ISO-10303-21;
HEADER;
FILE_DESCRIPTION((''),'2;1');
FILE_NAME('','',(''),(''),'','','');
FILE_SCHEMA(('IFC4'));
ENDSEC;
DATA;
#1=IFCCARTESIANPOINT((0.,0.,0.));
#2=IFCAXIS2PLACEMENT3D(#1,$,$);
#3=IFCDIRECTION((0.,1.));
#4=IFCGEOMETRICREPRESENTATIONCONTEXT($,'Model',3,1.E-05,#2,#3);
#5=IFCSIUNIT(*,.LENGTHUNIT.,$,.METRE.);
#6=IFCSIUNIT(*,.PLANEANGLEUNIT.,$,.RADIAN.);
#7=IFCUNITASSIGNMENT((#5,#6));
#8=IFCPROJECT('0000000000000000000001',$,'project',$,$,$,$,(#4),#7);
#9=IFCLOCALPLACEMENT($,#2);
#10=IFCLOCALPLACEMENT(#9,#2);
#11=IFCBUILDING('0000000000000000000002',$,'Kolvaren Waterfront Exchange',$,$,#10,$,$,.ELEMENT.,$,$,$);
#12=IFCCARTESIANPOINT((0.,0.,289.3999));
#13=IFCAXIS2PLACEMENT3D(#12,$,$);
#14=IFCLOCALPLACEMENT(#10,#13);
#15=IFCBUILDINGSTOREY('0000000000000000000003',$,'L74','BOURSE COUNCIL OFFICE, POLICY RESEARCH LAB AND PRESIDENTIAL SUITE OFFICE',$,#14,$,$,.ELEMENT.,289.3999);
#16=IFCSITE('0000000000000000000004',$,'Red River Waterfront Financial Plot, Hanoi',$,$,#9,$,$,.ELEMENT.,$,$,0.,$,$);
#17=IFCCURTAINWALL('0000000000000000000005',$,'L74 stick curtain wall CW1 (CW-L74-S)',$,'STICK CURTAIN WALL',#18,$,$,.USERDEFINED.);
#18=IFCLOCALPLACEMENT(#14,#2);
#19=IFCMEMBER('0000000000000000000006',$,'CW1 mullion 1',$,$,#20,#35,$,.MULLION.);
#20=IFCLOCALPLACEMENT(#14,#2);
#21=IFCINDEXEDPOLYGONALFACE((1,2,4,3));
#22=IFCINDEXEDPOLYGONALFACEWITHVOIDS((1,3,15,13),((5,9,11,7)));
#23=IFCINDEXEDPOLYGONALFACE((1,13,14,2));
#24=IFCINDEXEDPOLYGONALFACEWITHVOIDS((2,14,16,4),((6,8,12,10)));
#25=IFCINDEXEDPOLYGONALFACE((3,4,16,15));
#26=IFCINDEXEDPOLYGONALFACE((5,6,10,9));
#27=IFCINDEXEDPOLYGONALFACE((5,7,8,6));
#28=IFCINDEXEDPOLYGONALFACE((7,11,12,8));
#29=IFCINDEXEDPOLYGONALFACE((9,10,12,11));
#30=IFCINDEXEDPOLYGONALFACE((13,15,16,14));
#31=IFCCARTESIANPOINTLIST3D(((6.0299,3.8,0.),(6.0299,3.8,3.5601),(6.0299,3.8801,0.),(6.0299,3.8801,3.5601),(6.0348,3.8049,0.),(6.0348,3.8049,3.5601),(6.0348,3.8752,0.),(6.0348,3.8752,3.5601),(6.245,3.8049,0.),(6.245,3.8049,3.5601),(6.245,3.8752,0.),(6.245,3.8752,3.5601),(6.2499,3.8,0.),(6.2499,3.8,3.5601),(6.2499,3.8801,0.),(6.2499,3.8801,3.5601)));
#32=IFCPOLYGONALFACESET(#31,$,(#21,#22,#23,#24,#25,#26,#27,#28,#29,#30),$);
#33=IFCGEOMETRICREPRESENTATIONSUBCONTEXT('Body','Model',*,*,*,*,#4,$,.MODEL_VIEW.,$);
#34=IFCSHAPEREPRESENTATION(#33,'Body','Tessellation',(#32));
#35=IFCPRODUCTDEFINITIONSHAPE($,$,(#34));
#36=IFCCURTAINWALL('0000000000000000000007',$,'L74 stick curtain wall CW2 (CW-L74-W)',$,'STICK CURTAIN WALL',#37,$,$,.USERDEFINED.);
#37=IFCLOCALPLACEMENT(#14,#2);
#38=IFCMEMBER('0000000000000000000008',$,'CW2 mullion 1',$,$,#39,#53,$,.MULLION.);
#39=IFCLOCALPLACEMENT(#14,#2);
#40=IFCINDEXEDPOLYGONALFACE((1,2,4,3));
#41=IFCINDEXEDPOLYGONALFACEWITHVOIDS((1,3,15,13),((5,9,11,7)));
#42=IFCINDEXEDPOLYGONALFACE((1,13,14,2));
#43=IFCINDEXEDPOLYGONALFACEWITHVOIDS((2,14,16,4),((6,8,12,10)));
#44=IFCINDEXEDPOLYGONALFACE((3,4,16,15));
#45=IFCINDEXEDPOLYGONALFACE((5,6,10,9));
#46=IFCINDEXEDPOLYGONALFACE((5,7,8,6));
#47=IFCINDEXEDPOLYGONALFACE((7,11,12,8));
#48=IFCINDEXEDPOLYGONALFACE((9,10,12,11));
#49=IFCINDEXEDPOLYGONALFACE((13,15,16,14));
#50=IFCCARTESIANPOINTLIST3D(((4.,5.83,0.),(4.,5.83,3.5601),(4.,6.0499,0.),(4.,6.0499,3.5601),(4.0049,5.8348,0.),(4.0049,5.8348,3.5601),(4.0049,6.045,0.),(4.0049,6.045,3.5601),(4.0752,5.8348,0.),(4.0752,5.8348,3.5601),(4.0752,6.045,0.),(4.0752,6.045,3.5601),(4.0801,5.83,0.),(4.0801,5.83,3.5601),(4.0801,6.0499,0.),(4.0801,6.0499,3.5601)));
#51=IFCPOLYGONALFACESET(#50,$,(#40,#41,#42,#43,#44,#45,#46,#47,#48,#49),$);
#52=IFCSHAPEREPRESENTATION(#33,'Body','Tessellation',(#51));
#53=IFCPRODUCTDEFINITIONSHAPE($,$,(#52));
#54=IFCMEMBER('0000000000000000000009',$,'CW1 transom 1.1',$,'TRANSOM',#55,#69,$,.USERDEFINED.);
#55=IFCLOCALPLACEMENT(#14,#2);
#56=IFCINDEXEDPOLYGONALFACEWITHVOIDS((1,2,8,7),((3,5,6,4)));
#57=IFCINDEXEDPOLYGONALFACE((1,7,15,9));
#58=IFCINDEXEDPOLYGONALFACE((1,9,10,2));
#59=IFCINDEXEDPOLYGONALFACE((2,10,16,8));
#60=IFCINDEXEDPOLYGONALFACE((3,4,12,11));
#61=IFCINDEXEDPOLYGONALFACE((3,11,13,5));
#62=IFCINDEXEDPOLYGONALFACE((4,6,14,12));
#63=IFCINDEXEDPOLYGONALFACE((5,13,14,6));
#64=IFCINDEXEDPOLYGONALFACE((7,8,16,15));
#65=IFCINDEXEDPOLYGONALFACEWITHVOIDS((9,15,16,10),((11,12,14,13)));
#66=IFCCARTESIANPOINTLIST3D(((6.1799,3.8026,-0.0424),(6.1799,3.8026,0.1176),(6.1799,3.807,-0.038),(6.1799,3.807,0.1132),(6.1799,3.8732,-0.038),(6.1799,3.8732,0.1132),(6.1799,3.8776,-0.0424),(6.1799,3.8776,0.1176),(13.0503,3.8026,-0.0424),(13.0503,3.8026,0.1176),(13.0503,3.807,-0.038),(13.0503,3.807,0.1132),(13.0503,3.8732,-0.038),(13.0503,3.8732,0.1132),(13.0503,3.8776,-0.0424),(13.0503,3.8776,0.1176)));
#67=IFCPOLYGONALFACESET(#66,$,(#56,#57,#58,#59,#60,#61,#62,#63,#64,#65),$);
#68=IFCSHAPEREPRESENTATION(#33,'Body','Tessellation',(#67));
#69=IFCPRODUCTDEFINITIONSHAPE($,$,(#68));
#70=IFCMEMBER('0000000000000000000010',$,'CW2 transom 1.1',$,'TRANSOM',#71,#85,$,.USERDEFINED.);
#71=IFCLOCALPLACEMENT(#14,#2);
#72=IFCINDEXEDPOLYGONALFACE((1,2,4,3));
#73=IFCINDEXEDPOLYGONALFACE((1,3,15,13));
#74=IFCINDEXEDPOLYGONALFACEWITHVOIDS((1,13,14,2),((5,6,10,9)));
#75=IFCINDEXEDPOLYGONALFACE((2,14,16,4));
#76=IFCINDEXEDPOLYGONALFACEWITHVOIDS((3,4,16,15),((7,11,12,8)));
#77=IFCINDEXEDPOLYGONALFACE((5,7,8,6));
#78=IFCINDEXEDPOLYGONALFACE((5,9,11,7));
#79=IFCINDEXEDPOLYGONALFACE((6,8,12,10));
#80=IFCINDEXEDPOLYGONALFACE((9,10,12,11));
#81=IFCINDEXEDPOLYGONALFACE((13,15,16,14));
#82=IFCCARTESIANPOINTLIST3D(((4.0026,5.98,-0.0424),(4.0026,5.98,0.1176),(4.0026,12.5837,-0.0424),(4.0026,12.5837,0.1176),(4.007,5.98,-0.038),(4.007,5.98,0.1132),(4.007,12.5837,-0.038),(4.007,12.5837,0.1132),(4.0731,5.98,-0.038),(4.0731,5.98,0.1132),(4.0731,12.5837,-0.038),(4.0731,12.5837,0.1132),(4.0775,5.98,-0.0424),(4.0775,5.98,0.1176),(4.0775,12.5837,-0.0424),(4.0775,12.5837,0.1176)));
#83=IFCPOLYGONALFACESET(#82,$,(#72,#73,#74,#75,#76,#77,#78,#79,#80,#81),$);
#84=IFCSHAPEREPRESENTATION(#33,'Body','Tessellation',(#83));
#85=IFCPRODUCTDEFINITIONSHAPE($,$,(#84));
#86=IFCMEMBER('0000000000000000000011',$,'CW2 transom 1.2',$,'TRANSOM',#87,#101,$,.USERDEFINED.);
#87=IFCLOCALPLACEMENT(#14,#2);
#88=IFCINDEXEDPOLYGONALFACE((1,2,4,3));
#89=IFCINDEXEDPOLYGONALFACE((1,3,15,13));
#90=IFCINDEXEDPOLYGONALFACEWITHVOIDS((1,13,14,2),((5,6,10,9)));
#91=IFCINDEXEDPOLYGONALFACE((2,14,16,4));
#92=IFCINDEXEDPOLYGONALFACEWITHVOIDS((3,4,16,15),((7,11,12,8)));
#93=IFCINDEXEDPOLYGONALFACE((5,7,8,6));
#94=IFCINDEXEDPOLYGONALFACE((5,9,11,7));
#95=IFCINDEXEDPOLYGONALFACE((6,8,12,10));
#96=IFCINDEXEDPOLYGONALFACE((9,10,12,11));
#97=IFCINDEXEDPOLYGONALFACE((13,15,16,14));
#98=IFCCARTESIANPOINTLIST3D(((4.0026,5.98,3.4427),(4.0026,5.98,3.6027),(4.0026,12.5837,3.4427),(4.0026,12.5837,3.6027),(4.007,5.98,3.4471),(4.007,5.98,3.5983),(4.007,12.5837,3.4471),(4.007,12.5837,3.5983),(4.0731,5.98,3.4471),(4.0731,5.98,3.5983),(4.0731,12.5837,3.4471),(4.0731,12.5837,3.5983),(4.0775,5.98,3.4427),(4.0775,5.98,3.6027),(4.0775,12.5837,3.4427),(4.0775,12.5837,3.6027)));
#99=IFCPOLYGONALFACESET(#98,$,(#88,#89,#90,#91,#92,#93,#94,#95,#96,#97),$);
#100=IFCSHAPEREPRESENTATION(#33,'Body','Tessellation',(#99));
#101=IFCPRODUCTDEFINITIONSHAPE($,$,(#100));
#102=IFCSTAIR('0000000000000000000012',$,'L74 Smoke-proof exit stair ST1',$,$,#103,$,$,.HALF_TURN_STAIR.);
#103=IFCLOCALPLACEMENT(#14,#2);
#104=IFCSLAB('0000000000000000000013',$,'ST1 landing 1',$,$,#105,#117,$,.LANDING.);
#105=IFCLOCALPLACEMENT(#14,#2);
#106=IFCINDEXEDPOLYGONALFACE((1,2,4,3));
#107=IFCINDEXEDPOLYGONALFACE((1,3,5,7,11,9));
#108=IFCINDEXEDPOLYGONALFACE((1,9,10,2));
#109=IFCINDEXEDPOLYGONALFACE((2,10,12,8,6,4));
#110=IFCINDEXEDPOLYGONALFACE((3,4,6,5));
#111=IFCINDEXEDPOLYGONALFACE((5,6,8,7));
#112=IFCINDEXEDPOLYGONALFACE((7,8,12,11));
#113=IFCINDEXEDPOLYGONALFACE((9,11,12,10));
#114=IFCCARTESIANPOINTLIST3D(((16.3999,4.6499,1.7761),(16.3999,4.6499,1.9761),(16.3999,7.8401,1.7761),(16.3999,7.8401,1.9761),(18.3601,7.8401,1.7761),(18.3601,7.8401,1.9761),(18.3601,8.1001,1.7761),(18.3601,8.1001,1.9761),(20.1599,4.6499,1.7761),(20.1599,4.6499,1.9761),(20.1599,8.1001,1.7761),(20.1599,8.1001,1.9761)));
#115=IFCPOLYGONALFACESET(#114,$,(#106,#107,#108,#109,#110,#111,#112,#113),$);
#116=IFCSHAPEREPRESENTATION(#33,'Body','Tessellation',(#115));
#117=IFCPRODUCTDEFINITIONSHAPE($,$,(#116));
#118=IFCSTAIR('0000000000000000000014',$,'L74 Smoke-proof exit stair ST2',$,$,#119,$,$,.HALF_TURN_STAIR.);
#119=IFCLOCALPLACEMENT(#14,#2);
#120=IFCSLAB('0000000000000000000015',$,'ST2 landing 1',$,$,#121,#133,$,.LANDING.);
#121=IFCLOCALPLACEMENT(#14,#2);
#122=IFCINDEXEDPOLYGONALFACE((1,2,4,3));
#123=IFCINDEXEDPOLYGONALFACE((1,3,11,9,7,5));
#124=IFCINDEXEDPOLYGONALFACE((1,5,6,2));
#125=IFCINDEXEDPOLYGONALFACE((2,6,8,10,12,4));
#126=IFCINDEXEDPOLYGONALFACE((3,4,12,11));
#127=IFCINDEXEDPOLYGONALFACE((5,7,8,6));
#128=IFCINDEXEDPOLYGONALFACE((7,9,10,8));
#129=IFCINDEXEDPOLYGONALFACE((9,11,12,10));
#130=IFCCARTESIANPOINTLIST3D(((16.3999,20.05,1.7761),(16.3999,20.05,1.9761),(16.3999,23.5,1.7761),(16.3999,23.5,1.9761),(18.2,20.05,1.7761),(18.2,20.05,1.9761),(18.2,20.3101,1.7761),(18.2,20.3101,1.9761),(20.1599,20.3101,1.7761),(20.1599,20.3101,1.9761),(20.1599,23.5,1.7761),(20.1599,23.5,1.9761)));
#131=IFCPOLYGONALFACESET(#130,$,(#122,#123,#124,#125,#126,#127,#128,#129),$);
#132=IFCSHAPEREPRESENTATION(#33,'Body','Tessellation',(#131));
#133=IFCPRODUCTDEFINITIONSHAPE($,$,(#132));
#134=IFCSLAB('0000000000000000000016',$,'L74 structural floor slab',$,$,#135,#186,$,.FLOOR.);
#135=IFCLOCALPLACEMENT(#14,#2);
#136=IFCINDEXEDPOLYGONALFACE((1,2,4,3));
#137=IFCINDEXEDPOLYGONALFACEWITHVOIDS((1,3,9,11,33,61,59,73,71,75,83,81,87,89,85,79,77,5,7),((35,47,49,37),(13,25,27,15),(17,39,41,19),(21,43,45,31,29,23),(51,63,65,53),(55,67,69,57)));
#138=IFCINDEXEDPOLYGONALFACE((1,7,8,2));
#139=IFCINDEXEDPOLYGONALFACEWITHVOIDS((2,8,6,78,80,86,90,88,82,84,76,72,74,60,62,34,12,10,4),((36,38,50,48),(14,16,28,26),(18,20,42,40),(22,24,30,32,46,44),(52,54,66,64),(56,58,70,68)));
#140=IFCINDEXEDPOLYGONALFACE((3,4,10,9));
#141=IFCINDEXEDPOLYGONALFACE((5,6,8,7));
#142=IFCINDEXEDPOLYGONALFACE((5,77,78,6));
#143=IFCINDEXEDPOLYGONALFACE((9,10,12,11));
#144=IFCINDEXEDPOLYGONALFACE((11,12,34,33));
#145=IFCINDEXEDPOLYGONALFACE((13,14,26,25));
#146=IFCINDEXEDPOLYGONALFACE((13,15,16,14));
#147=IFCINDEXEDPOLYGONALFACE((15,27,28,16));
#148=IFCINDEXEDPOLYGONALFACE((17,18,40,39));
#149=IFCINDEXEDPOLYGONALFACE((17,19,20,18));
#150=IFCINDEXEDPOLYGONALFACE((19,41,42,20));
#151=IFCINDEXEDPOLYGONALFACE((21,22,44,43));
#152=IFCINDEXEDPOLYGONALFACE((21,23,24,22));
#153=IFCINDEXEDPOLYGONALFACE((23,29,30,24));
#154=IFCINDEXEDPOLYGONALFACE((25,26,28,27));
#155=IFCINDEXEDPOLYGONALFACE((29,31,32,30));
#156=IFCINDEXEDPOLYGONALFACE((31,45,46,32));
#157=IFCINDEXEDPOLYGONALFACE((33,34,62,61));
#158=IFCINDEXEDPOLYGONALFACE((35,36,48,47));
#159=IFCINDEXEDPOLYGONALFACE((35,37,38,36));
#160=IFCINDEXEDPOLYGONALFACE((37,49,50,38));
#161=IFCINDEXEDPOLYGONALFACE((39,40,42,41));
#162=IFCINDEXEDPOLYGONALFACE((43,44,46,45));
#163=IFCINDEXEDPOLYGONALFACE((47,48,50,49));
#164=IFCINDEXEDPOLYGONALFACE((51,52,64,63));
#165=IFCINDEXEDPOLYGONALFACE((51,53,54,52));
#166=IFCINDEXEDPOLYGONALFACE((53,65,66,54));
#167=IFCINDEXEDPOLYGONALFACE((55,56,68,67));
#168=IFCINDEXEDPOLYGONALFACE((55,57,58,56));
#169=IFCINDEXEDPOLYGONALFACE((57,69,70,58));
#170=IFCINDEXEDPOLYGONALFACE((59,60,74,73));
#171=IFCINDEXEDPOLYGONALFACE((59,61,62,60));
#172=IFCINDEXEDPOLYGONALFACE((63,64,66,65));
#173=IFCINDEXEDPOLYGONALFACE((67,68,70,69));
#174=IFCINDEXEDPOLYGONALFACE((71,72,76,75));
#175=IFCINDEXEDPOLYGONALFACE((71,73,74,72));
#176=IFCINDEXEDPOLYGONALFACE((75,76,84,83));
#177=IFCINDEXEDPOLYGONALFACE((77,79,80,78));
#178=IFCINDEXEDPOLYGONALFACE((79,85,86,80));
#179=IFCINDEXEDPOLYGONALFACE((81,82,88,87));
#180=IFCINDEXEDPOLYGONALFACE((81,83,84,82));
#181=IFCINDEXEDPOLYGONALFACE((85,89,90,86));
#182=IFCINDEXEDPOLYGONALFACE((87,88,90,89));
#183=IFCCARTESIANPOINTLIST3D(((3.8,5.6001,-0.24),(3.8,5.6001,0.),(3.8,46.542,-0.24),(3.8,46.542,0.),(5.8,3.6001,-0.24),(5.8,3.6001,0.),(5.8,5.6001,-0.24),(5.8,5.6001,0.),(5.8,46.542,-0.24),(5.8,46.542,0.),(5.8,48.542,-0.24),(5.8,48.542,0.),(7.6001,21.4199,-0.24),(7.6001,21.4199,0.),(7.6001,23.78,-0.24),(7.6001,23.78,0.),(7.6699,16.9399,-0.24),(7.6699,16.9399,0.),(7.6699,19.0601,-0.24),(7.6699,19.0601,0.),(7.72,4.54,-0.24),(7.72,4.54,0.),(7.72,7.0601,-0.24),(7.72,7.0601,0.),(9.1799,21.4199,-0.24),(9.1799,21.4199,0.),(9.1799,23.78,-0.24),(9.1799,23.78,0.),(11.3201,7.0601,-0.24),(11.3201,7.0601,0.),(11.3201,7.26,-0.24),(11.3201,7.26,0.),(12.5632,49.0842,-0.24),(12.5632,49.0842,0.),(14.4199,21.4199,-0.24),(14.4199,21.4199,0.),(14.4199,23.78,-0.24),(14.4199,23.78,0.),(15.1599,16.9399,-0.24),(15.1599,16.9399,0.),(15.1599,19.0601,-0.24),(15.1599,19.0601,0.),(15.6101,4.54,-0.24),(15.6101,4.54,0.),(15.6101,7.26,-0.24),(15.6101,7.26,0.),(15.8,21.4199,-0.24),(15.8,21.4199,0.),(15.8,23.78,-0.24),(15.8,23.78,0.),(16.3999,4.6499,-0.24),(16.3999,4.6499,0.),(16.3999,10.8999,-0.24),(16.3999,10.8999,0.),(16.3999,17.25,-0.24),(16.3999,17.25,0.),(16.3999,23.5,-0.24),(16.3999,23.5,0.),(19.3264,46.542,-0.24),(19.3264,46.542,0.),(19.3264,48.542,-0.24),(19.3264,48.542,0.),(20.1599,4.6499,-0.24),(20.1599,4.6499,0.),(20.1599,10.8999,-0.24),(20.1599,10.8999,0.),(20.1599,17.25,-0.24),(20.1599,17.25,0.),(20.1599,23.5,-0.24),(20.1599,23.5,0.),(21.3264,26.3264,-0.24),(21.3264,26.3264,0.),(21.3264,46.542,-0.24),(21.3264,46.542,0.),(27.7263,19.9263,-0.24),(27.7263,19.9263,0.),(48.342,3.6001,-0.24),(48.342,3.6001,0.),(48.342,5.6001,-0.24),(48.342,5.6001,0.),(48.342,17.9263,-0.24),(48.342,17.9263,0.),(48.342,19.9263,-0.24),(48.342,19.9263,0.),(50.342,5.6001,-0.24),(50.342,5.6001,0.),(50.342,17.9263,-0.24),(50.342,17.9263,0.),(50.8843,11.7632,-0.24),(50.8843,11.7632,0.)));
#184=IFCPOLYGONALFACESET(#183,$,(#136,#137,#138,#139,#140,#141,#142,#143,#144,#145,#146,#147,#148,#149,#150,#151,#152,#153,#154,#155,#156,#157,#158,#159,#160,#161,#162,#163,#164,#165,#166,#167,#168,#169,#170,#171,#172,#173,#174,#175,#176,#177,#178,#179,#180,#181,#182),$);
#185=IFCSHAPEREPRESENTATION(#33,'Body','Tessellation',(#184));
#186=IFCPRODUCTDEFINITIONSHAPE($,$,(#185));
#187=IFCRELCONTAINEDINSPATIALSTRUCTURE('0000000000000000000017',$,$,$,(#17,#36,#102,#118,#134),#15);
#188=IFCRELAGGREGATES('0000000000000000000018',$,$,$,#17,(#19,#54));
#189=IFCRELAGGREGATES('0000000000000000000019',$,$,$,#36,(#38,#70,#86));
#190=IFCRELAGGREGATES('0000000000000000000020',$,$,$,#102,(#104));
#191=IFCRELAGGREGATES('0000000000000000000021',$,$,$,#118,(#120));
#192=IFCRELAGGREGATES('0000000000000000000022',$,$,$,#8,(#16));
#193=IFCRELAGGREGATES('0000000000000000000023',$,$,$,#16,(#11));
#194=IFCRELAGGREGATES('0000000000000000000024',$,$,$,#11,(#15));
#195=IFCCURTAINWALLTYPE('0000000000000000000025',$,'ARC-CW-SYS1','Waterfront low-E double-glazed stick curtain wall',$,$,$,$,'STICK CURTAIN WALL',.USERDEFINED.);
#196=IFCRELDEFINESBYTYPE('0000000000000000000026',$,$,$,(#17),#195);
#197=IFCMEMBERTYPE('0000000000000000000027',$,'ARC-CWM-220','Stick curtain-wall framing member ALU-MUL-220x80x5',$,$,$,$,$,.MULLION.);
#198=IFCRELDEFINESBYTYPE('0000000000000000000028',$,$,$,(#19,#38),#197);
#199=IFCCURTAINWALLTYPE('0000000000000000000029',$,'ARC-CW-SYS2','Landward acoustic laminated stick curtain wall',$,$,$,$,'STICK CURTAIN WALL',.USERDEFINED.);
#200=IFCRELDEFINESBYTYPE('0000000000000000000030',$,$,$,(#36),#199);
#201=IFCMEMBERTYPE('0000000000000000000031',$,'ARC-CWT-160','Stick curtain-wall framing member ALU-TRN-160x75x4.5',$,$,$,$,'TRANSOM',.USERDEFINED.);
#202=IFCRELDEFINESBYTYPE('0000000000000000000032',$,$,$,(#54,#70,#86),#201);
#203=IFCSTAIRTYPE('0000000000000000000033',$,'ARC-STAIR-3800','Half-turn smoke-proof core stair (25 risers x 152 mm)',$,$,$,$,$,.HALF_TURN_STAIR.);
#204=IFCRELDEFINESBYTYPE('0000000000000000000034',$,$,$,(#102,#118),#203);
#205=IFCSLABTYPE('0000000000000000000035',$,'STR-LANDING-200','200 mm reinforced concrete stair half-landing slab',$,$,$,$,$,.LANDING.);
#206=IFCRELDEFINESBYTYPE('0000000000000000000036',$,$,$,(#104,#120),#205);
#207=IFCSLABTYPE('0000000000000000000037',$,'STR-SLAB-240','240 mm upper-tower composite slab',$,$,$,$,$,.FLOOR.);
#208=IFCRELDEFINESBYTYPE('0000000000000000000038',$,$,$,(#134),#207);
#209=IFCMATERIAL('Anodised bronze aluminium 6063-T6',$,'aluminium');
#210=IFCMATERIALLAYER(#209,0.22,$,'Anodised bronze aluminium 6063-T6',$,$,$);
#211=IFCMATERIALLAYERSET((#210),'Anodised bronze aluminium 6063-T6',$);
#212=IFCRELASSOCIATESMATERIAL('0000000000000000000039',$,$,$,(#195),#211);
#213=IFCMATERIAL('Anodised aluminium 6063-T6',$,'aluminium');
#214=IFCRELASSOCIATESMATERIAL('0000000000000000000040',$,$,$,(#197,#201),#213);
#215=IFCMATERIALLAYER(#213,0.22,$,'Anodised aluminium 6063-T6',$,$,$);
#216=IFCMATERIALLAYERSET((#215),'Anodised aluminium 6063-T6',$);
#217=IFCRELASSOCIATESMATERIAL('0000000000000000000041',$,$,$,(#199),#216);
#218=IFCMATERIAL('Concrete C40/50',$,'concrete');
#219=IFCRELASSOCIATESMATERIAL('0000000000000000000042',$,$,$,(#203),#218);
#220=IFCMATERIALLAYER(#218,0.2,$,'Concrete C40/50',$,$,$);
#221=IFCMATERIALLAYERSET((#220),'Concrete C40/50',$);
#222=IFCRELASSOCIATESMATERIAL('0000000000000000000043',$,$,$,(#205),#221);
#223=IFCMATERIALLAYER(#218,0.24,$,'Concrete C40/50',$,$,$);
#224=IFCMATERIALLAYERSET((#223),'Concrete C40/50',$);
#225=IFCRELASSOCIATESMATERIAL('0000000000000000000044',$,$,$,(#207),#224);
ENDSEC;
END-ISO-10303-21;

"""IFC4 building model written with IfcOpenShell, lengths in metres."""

from ifc_helpers import new_model, si_unit, direction, frame, origin, origin_with_axes, origin_2d, place, context, subcontext, project, spatial, polyline, hollow_rectangle, outline, extrude, source, transform, mapped, material, layer, layer_set, material_profile, profile_set, type_object, element, aggregate, save


model = new_model("IFC4")

# Units and contexts
model_context = context("Model", 3, precision=1e-05, world=origin(), true_north=direction((0.0, 1.0)))
body_context = subcontext(model_context, "Body", "Model", "MODEL_VIEW")
ifc_project = project(units=[si_unit("LENGTHUNIT", "METRE"), si_unit("PLANEANGLEUNIT", "RADIAN")], contexts=[model_context])

# Site, building, storey
site_placement = place(None, origin())
site = spatial("IfcSite", under=ifc_project, at=site_placement, Name="Red River Waterfront Financial Plot, Hanoi", CompositionType="ELEMENT", RefElevation=0.0)
building_placement = place(site_placement, origin())
building = spatial("IfcBuilding", under=site, at=building_placement, Name="Kolvaren Waterfront Exchange", CompositionType="ELEMENT")
storey_placement = place(building_placement, frame((0.0, 0.0, 289.3999)))
storey = spatial("IfcBuildingStorey", under=building, at=storey_placement, Name="L74", Description="BOURSE COUNCIL OFFICE, POLICY RESEARCH LAB AND PRESIDENTIAL SUITE OFFICE", CompositionType="ELEMENT", Elevation=289.3999)

# Curtain walls, members
ifc_material_1 = material(Name="Anodised bronze aluminium 6063-T6", Category="aluminium")
ifc_layer_1 = layer(ifc_material_1, 0.22, Name="Anodised bronze aluminium 6063-T6")
ifc_layer_set_1 = layer_set([ifc_layer_1], Name="Anodised bronze aluminium 6063-T6")
curtain_wall_type_1 = type_object("IfcCurtainWallType", Name="ARC-CW-SYS1", Description="Waterfront low-E double-glazed stick curtain wall", ElementType="STICK CURTAIN WALL", PredefinedType="USERDEFINED", material=ifc_layer_set_1)
curtain_wall_1_placement = place(storey_placement, origin())
curtain_wall_1 = element("IfcCurtainWall", 1, at=curtain_wall_1_placement, inside=storey, type_object=curtain_wall_type_1, Name="L74 stick curtain wall CW1 (CW-L74-S)", ObjectType="STICK CURTAIN WALL", PredefinedType="USERDEFINED")
ifc_material_2 = material(Name="Anodised aluminium 6063-T6", Category="aluminium")
ifc_material_profile_1 = material_profile(ifc_material_2, hollow_rectangle(XDim=0.0801, YDim=0.22, WallThickness=0.0049, at=origin_2d()), Name="ALU-MUL-220x80x5")
ifc_profile_set_1 = profile_set([ifc_material_profile_1], Name="Anodised aluminium 6063-T6")
member_type_1 = type_object("IfcMemberType", Name="ARC-CWM-220", Description="Stick curtain-wall framing member ALU-MUL-220x80x5", PredefinedType="MULLION", material=ifc_profile_set_1)
shared_shape_1 = source(origin_with_axes(), body_context, "Body", "SweptSolid", [
    extrude(hollow_rectangle(XDim=0.0801, YDim=0.22, WallThickness=0.0049, at=origin_2d()), origin(), (0.0, 0.0, 1.0), 3.5601),
])
member_1_placement = place(storey_placement, frame((6.1399, 3.8401, 0.0), z_axis=(0.0, 0.0, 1.0), x_axis=(0.0, 1.0, 0.0)))
member_1 = element("IfcMember", 2, at=member_1_placement, type_object=member_type_1, Name="CW1 mullion 1", PredefinedType="MULLION", context=body_context, shape_type="MappedRepresentation", body=[
    mapped(shared_shape_1, transform((0.0, 0.0, 0.0), x_axis=(1.0, 0.0, 0.0), y_axis=(0.0, 1.0, 0.0), z_axis=(0.0, 0.0, 1.0), scale=1.0)),
])
ifc_layer_2 = layer(ifc_material_2, 0.22, Name="Anodised aluminium 6063-T6")
ifc_layer_set_2 = layer_set([ifc_layer_2], Name="Anodised aluminium 6063-T6")
curtain_wall_type_2 = type_object("IfcCurtainWallType", Name="ARC-CW-SYS2", Description="Landward acoustic laminated stick curtain wall", ElementType="STICK CURTAIN WALL", PredefinedType="USERDEFINED", material=ifc_layer_set_2)
curtain_wall_2_placement = place(storey_placement, origin())
curtain_wall_2 = element("IfcCurtainWall", 3, at=curtain_wall_2_placement, inside=storey, type_object=curtain_wall_type_2, Name="L74 stick curtain wall CW2 (CW-L74-W)", ObjectType="STICK CURTAIN WALL", PredefinedType="USERDEFINED")
member_2_placement = place(storey_placement, frame((4.04, 5.9399, 0.0), z_axis=(0.0, 0.0, 1.0), x_axis=(-1.0, 0.0, 0.0)))
member_2 = element("IfcMember", 4, at=member_2_placement, type_object=member_type_1, Name="CW2 mullion 1", PredefinedType="MULLION", context=body_context, shape_type="MappedRepresentation", body=[
    mapped(shared_shape_1, transform((0.0, 0.0, 0.0), x_axis=(1.0, 0.0, 0.0), y_axis=(0.0, 1.0, 0.0), z_axis=(0.0, 0.0, 1.0), scale=1.0)),
])

# Members
ifc_material_profile_2 = material_profile(ifc_material_2, hollow_rectangle(XDim=0.075, YDim=0.1599, WallThickness=0.0044, at=origin_2d()), Name="ALU-TRN-160x75x4.5")
ifc_profile_set_2 = profile_set([ifc_material_profile_2], Name="Anodised aluminium 6063-T6")
member_type_2 = type_object("IfcMemberType", Name="ARC-CWT-160", Description="Stick curtain-wall framing member ALU-TRN-160x75x4.5", ElementType="TRANSOM", PredefinedType="USERDEFINED", material=ifc_profile_set_2)
shared_shape_2 = source(origin_with_axes(), body_context, "Body", "SweptSolid", [
    extrude(hollow_rectangle(XDim=0.075, YDim=0.1599, WallThickness=0.0044, at=origin_2d()), origin(), (0.0, 0.0, 1.0), 6.8704),
])
member_3_placement = place(storey_placement, frame((6.1799, 3.8401, 0.0376), z_axis=(1.0, 0.0, 0.0), x_axis=(0.0, 1.0, 0.0)))
member_3 = element("IfcMember", 5, at=member_3_placement, type_object=member_type_2, Name="CW1 transom 1.1", ObjectType="TRANSOM", PredefinedType="USERDEFINED", context=body_context, shape_type="MappedRepresentation", body=[
    mapped(shared_shape_2, transform((0.0, 0.0, 0.0), x_axis=(1.0, 0.0, 0.0), y_axis=(0.0, 1.0, 0.0), z_axis=(0.0, 0.0, 1.0), scale=1.0)),
])
aggregate(curtain_wall_1, [member_1, member_3])
shared_shape_3 = source(origin_with_axes(), body_context, "Body", "SweptSolid", [
    extrude(hollow_rectangle(XDim=0.075, YDim=0.1599, WallThickness=0.0044, at=origin_2d()), origin(), (0.0, 0.0, 1.0), 6.6038),
])
member_4_placement = place(storey_placement, frame((4.04, 5.98, 0.0376), z_axis=(0.0, 1.0, 0.0), x_axis=(-1.0, 0.0, 0.0)))
member_4 = element("IfcMember", 6, at=member_4_placement, type_object=member_type_2, Name="CW2 transom 1.1", ObjectType="TRANSOM", PredefinedType="USERDEFINED", context=body_context, shape_type="MappedRepresentation", body=[
    mapped(shared_shape_3, transform((0.0, 0.0, 0.0), x_axis=(1.0, 0.0, 0.0), y_axis=(0.0, 1.0, 0.0), z_axis=(0.0, 0.0, 1.0), scale=1.0)),
])
member_5_placement = place(storey_placement, frame((4.04, 5.98, 3.5227), z_axis=(0.0, 1.0, 0.0), x_axis=(-1.0, 0.0, 0.0)))
member_5 = element("IfcMember", 7, at=member_5_placement, type_object=member_type_2, Name="CW2 transom 1.2", ObjectType="TRANSOM", PredefinedType="USERDEFINED", context=body_context, shape_type="MappedRepresentation", body=[
    mapped(shared_shape_3, transform((0.0, 0.0, 0.0), x_axis=(1.0, 0.0, 0.0), y_axis=(0.0, 1.0, 0.0), z_axis=(0.0, 0.0, 1.0), scale=1.0)),
])
aggregate(curtain_wall_2, [member_2, member_4, member_5])

# Stairs, slabs
ifc_material_3 = material(Name="Concrete C40/50", Category="concrete")
stair_type = type_object("IfcStairType", Name="ARC-STAIR-3800", Description="Half-turn smoke-proof core stair (25 risers x 152 mm)", PredefinedType="HALF_TURN_STAIR", material=ifc_material_3)
stair_1_placement = place(storey_placement, origin())
stair_1 = element("IfcStair", 8, at=stair_1_placement, inside=storey, type_object=stair_type, Name="L74 Smoke-proof exit stair ST1", PredefinedType="HALF_TURN_STAIR")
ifc_layer_3 = layer(ifc_material_3, 0.2, Name="Concrete C40/50")
ifc_layer_set_3 = layer_set([ifc_layer_3], Name="Concrete C40/50")
slab_type_1 = type_object("IfcSlabType", Name="STR-LANDING-200", Description="200 mm reinforced concrete stair half-landing slab", PredefinedType="LANDING", material=ifc_layer_set_3)
slab_1_placement = place(storey_placement, frame((0.0, 0.0, 1.7761)))
slab_1 = element("IfcSlab", 9, at=slab_1_placement, type_object=slab_type_1, Name="ST1 landing 1", PredefinedType="LANDING", context=body_context, shape_type="SweptSolid", body=[
    extrude(outline(polyline([(16.3999, 7.8401), (16.3999, 4.6499), (20.1599, 4.6499), (20.1599, 8.1001), (18.3601, 8.1001), (18.3601, 7.8401), (16.3999, 7.8401)])), origin(), (0.0, 0.0, 1.0), 0.2),
])
aggregate(stair_1, [slab_1])
stair_2_placement = place(storey_placement, origin())
stair_2 = element("IfcStair", 10, at=stair_2_placement, inside=storey, type_object=stair_type, Name="L74 Smoke-proof exit stair ST2", PredefinedType="HALF_TURN_STAIR")
slab_2_placement = place(storey_placement, frame((0.0, 0.0, 1.7761)))
slab_2 = element("IfcSlab", 11, at=slab_2_placement, type_object=slab_type_1, Name="ST2 landing 1", PredefinedType="LANDING", context=body_context, shape_type="SweptSolid", body=[
    extrude(outline(polyline([(20.1599, 20.3101), (20.1599, 23.5), (16.3999, 23.5), (16.3999, 20.05), (18.2, 20.05), (18.2, 20.3101), (20.1599, 20.3101)])), origin(), (0.0, 0.0, 1.0), 0.2),
])
aggregate(stair_2, [slab_2])

# Slab
ifc_layer_4 = layer(ifc_material_3, 0.24, Name="Concrete C40/50")
ifc_layer_set_4 = layer_set([ifc_layer_4], Name="Concrete C40/50")
slab_type_2 = type_object("IfcSlabType", Name="STR-SLAB-240", Description="240 mm upper-tower composite slab", PredefinedType="FLOOR", material=ifc_layer_set_4)
slab_3_placement = place(storey_placement, frame((0.0, 0.0, -0.24)))
element("IfcSlab", 12, at=slab_3_placement, inside=storey, type_object=slab_type_2, Name="L74 structural floor slab", PredefinedType="FLOOR", context=body_context, shape_type="SweptSolid", body=[
    extrude(outline(polyline([(5.8, 3.6001), (48.342, 3.6001), (48.342, 5.6001), (50.342, 5.6001), (50.8843, 11.7632), (50.342, 17.9263), (48.342, 17.9263), (48.342, 19.9263), (27.7263, 19.9263), (21.3264, 26.3264), (21.3264, 46.542), (19.3264, 46.542), (19.3264, 48.542), (12.5632, 49.0842), (5.8, 48.542), (5.8, 46.542), (3.8, 46.542), (3.8, 5.6001), (5.8, 5.6001), (5.8, 3.6001)]), holes=[polyline([(11.3201, 7.26), (15.6101, 7.26), (15.6101, 4.54), (7.72, 4.54), (7.72, 7.0601), (11.3201, 7.0601), (11.3201, 7.26)]), polyline([(20.1599, 10.8999), (20.1599, 4.6499), (16.3999, 4.6499), (16.3999, 10.8999), (20.1599, 10.8999)]), polyline([(7.6699, 19.0601), (15.1599, 19.0601), (15.1599, 16.9399), (7.6699, 16.9399), (7.6699, 19.0601)]), polyline([(16.3999, 17.25), (16.3999, 23.5), (20.1599, 23.5), (20.1599, 17.25), (16.3999, 17.25)]), polyline([(7.6001, 23.78), (9.1799, 23.78), (9.1799, 21.4199), (7.6001, 21.4199), (7.6001, 23.78)]), polyline([(14.4199, 23.78), (15.8, 23.78), (15.8, 21.4199), (14.4199, 21.4199), (14.4199, 23.78)])]), origin(), (0.0, 0.0, 1.0), 0.24),
])

save(model, "model.ifc")
